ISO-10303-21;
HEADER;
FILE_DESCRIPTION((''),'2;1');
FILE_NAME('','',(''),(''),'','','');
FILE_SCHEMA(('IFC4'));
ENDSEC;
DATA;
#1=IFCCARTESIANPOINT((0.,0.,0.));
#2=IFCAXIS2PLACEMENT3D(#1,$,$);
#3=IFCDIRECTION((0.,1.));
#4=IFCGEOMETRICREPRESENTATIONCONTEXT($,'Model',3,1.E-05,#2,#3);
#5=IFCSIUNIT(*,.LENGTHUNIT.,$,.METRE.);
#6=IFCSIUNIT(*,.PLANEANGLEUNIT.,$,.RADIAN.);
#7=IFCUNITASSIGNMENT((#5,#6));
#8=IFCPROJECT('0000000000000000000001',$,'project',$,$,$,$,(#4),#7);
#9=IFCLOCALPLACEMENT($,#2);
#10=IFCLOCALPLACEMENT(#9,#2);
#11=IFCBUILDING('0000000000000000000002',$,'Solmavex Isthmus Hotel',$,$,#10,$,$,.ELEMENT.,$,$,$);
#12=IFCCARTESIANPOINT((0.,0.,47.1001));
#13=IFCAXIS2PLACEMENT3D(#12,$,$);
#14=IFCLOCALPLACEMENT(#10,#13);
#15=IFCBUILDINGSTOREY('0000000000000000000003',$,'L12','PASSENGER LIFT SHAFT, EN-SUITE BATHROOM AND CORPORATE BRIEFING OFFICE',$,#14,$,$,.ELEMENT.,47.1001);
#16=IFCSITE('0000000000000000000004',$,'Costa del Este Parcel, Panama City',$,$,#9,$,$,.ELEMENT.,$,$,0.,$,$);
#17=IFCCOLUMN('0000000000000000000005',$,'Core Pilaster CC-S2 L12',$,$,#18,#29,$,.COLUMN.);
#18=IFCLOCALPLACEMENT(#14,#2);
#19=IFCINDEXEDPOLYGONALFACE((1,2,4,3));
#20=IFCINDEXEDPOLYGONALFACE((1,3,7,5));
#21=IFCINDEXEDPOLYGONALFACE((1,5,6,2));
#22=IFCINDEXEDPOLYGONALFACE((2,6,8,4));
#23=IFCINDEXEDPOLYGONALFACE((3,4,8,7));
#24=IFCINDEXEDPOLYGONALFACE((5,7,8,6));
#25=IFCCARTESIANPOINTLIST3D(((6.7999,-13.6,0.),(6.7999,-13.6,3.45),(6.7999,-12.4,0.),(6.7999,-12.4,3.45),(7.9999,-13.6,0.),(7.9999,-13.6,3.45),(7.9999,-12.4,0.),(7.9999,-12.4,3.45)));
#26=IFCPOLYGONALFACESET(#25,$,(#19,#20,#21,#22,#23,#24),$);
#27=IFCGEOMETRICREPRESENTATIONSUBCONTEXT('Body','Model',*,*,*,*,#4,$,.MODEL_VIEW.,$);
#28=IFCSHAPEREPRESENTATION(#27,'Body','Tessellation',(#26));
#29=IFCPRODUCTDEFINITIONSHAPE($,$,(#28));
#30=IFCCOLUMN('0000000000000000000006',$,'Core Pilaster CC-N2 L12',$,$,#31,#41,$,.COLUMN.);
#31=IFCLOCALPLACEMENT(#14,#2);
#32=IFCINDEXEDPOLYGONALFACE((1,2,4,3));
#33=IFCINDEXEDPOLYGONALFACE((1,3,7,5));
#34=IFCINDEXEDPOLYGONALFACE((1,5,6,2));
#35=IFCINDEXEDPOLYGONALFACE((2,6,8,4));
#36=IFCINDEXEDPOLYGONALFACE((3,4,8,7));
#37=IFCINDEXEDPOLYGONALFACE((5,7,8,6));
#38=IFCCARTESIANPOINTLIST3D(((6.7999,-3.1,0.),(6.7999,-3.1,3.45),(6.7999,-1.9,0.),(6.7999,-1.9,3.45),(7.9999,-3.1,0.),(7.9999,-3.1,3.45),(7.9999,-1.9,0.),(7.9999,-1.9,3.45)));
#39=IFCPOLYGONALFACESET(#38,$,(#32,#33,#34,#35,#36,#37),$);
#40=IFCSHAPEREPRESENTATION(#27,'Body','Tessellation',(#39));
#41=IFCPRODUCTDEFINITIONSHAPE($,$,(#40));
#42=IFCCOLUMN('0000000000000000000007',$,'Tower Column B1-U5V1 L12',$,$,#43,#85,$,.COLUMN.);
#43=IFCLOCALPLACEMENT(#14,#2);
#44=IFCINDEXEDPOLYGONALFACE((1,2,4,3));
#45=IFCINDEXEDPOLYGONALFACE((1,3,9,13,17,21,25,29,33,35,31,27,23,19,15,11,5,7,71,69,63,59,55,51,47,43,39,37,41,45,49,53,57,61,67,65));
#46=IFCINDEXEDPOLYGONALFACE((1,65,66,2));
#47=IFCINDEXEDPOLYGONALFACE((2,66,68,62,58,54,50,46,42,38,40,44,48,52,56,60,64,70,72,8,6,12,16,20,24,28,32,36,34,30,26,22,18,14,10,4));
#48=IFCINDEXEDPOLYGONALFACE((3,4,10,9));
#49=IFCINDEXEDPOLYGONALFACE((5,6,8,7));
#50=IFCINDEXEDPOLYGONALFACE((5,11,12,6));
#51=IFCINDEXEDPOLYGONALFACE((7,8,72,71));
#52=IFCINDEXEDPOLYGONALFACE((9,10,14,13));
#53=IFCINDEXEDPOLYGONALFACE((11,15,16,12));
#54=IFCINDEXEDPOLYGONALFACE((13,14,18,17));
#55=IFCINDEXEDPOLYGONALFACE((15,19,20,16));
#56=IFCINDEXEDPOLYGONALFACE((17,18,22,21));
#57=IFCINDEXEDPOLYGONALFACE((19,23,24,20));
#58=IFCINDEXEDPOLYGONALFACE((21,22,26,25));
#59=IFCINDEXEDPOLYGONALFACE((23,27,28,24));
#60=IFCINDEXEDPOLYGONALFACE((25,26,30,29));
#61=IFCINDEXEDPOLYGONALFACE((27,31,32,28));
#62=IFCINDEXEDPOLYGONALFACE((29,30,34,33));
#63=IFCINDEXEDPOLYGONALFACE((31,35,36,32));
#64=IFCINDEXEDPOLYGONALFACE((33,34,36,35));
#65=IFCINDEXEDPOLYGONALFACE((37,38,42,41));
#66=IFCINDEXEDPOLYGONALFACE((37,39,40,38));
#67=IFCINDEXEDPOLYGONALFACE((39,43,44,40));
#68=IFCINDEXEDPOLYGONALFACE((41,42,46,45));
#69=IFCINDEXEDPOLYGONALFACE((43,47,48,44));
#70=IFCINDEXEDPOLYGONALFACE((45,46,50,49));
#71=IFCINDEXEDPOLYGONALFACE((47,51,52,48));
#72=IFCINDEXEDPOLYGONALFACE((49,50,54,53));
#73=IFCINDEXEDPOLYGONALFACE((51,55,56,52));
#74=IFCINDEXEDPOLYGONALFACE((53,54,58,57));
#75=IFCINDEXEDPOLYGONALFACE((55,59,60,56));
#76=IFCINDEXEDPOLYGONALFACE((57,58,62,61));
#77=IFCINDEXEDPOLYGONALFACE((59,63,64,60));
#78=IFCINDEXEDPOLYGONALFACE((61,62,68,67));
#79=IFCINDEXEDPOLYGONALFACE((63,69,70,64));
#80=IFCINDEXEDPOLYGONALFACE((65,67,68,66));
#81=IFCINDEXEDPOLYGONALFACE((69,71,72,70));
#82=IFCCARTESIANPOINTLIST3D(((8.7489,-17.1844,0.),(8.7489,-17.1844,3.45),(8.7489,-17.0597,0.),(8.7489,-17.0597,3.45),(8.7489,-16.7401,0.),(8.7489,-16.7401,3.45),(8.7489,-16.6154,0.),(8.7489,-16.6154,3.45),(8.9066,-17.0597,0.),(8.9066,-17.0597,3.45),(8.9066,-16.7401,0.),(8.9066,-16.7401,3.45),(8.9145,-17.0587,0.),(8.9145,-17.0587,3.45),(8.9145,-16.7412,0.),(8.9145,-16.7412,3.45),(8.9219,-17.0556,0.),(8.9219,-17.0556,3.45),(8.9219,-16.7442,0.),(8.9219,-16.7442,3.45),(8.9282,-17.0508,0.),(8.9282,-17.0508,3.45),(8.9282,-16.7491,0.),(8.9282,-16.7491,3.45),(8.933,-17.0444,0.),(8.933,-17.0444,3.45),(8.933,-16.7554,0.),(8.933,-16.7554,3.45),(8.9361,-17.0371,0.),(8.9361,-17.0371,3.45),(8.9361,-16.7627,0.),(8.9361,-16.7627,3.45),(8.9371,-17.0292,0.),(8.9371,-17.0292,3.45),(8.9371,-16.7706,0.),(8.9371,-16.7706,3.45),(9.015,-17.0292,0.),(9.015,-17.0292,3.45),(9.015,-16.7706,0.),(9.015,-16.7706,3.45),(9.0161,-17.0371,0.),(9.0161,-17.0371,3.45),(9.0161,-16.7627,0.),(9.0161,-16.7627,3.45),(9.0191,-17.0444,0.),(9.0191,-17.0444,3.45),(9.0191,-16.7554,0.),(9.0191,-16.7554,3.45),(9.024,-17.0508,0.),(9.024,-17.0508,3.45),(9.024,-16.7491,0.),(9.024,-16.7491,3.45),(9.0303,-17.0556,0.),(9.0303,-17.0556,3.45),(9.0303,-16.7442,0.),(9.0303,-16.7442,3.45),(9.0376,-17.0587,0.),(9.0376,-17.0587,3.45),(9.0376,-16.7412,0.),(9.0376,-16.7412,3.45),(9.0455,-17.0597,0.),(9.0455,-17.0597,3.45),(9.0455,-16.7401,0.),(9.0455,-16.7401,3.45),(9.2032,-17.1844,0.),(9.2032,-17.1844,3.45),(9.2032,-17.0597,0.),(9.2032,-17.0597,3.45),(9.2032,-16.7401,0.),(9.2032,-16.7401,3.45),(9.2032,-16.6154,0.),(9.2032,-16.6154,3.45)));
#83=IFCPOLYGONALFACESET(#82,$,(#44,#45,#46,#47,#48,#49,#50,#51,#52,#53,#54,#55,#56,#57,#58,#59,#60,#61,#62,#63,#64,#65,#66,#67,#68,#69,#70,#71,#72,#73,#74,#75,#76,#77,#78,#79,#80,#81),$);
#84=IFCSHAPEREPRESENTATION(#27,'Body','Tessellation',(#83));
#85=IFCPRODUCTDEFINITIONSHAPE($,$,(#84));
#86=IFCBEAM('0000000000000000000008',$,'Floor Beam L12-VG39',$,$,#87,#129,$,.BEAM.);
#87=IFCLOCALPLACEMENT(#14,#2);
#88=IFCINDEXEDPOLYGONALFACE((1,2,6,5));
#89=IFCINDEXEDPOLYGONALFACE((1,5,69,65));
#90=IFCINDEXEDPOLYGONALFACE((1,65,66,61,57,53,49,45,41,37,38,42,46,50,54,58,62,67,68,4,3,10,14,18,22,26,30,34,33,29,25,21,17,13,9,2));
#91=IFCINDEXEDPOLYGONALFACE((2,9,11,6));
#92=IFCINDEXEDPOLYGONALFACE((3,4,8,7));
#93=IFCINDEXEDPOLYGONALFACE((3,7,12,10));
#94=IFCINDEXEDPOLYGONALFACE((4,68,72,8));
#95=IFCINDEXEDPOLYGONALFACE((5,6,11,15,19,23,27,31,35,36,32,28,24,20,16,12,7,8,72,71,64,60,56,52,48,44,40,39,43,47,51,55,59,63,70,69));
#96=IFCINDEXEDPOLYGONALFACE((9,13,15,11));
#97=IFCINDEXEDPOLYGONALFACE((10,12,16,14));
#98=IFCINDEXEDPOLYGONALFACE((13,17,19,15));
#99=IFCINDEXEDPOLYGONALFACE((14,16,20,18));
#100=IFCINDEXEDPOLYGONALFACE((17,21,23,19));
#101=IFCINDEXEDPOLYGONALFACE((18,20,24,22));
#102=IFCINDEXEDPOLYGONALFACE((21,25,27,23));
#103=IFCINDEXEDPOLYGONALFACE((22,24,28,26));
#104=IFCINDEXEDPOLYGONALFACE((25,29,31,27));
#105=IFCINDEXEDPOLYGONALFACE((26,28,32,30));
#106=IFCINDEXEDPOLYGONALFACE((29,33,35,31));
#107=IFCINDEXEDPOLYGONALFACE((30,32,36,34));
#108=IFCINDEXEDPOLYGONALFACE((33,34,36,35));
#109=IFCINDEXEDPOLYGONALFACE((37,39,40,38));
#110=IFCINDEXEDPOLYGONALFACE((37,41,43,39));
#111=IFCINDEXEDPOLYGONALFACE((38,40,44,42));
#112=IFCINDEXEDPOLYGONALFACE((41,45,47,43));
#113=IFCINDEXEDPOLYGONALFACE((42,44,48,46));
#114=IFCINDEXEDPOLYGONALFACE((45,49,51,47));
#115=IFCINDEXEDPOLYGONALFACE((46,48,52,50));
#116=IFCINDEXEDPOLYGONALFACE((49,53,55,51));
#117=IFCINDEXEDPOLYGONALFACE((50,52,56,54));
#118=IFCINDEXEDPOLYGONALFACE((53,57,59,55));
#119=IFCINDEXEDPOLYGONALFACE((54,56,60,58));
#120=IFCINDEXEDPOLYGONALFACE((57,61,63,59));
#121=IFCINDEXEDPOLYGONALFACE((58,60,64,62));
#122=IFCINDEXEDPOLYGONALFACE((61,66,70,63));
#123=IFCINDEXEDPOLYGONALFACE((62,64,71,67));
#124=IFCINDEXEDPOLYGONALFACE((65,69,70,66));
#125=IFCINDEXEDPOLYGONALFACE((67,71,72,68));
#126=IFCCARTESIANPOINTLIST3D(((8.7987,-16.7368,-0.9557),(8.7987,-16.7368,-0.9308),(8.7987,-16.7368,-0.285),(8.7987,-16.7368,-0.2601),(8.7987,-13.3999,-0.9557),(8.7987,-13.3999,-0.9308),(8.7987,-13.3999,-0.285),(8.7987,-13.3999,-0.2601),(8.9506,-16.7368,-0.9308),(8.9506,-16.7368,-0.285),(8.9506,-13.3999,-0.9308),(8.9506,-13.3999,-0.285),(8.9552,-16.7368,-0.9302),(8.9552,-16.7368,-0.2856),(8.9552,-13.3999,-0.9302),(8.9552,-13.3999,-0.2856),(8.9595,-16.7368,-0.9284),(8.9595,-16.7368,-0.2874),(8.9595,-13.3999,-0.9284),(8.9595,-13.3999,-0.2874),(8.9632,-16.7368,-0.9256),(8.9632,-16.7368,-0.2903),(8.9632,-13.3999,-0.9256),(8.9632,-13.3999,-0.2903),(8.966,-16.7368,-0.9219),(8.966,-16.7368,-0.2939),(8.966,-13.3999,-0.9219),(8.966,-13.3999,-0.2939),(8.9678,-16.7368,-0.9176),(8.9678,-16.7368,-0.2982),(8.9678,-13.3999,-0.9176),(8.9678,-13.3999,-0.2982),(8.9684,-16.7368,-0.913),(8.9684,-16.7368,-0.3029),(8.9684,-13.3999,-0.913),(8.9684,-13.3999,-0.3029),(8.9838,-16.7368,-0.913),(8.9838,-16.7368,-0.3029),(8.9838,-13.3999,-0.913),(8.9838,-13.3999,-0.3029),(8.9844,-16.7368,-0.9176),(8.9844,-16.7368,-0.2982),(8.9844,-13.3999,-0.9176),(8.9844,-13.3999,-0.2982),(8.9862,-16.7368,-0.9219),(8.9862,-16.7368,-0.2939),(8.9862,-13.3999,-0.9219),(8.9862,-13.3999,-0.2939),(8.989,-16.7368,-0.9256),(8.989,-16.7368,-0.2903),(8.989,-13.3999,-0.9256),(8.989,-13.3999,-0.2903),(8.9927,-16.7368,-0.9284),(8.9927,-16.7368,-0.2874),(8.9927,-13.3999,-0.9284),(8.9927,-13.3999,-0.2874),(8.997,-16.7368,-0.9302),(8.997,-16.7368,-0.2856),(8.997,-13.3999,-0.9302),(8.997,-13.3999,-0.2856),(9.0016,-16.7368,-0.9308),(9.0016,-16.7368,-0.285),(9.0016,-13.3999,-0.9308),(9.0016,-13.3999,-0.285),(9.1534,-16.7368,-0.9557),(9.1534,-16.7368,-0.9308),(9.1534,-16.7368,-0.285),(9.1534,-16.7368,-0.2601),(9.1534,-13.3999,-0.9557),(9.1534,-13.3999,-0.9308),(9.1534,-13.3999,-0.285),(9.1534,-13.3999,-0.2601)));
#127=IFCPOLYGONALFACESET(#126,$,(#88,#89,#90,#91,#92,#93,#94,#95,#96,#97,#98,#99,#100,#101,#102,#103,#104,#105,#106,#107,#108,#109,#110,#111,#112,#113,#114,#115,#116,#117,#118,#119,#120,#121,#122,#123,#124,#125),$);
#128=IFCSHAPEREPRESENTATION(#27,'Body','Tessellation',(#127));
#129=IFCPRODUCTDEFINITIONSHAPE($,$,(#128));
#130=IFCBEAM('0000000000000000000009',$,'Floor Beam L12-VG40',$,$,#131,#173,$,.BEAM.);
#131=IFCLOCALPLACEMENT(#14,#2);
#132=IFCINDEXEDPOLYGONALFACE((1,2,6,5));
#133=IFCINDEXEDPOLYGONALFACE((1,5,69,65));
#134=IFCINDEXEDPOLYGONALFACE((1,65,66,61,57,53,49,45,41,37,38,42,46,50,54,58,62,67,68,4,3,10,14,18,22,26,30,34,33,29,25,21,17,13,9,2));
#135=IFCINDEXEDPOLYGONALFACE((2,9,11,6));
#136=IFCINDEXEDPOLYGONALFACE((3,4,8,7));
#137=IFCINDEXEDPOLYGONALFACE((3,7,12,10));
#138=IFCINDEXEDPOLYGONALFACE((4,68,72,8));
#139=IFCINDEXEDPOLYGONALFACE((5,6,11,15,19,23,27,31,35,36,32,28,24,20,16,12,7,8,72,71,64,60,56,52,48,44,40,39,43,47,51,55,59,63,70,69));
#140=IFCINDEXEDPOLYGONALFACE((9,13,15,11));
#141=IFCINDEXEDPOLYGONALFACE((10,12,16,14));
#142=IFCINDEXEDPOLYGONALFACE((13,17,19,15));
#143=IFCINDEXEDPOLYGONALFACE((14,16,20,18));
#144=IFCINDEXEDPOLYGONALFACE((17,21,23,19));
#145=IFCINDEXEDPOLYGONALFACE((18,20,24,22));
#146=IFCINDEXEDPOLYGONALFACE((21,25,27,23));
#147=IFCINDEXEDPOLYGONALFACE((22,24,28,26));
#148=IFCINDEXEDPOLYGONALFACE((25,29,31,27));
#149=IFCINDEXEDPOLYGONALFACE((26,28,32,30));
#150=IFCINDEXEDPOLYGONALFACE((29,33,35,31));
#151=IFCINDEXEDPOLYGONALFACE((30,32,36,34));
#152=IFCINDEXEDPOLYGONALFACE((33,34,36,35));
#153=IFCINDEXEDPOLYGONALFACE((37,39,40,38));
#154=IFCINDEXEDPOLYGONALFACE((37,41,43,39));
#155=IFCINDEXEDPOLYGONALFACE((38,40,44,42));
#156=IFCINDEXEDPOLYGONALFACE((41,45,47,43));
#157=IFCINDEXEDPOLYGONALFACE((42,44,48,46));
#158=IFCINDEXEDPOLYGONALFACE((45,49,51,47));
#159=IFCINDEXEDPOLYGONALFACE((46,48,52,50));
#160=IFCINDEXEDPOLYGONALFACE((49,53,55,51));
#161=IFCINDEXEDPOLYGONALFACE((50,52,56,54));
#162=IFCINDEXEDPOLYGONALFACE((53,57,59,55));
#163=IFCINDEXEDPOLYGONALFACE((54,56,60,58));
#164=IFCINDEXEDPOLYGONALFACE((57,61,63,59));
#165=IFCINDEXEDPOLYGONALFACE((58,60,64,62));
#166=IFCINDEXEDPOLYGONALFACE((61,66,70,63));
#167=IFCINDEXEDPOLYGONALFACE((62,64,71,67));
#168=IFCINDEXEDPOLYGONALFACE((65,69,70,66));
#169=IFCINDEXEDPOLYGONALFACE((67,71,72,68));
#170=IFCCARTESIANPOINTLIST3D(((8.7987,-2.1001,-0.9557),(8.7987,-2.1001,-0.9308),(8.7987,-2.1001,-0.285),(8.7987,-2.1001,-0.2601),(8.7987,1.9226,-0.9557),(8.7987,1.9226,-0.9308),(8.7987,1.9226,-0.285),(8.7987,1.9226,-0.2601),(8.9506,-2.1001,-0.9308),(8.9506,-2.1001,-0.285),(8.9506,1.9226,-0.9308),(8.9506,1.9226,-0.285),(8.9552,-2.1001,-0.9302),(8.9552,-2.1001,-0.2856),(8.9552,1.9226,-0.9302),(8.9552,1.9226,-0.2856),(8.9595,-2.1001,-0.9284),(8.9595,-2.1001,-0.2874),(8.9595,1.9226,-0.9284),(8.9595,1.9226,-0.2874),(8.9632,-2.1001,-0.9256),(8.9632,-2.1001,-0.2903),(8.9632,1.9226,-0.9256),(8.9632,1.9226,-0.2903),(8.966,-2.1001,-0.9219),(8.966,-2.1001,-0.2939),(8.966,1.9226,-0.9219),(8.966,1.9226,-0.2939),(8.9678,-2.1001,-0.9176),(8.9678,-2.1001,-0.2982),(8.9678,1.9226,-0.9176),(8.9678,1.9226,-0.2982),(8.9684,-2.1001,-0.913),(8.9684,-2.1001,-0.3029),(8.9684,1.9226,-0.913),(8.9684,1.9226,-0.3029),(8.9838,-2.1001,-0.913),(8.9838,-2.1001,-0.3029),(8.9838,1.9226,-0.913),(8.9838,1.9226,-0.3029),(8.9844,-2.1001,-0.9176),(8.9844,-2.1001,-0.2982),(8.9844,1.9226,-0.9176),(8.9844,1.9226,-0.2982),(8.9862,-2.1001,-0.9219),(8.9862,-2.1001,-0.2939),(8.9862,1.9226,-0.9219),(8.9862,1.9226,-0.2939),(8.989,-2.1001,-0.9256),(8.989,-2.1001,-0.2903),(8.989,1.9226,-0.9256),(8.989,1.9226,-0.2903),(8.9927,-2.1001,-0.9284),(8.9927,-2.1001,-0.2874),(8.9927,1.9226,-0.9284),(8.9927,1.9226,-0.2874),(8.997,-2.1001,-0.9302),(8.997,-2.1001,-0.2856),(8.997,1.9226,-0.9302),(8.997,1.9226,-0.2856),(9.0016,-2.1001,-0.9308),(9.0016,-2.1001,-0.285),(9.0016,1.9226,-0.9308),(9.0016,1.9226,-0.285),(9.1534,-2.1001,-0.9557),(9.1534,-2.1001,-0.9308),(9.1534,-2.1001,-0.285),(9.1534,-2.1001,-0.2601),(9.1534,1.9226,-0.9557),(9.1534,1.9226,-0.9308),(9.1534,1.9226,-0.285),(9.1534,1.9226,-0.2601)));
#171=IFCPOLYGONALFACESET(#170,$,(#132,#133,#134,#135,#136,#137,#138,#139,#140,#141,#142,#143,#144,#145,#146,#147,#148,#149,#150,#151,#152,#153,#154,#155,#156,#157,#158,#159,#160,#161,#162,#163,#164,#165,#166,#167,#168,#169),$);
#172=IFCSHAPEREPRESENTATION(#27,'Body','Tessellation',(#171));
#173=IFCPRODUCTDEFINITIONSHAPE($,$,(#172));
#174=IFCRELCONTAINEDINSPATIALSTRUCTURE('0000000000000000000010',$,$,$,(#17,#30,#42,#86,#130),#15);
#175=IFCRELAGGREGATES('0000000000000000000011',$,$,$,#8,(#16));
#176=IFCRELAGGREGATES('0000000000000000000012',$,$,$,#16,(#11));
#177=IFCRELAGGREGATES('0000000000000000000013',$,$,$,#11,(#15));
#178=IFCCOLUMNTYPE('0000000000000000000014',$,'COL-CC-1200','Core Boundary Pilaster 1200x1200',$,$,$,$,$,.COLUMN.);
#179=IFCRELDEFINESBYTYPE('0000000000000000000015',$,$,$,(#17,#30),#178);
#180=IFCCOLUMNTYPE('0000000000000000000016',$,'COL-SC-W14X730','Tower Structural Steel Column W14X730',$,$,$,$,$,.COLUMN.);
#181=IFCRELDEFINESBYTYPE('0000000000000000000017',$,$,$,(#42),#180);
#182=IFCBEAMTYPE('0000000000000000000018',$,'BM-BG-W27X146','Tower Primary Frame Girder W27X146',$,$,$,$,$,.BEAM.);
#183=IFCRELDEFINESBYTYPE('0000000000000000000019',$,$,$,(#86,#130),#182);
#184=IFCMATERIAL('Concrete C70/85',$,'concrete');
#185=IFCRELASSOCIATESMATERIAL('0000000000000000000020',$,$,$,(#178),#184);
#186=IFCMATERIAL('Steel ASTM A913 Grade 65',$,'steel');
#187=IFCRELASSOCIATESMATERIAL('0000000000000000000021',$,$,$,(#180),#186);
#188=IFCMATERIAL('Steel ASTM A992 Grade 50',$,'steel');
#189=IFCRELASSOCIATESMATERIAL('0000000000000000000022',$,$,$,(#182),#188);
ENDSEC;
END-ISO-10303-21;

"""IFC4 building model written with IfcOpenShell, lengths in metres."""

from ifc_helpers import new_model, si_unit, direction, frame, origin, origin_2d, place, context, subcontext, project, spatial, rectangle, i_section, extrude, material, material_profile, profile_set, type_object, element, save


model = new_model("IFC4")

# Units and contexts
model_context = context("Model", 3, precision=1e-05, world=origin(), true_north=direction((0.0, 1.0)))
body_context = subcontext(model_context, "Body", "Model", "MODEL_VIEW")
ifc_project = project(units=[si_unit("LENGTHUNIT", "METRE"), si_unit("PLANEANGLEUNIT", "RADIAN")], contexts=[model_context])

# Site, building, storey
site_placement = place(None, origin())
site = spatial("IfcSite", under=ifc_project, at=site_placement, Name="Costa del Este Parcel, Panama City", CompositionType="ELEMENT", RefElevation=0.0)
building_placement = place(site_placement, origin())
building = spatial("IfcBuilding", under=site, at=building_placement, Name="Solmavex Isthmus Hotel", CompositionType="ELEMENT")
storey_placement = place(building_placement, frame((0.0, 0.0, 47.1001)))
storey = spatial("IfcBuildingStorey", under=building, at=storey_placement, Name="L12", Description="PASSENGER LIFT SHAFT, EN-SUITE BATHROOM AND CORPORATE BRIEFING OFFICE", CompositionType="ELEMENT", Elevation=47.1001)

# Columns
ifc_material_1 = material(Name="Concrete C70/85", Category="concrete")
ifc_material_profile_1 = material_profile(ifc_material_1, rectangle(XDim=1.2, YDim=1.2, at=origin_2d()), Name="RC1200X1200")
ifc_profile_set_1 = profile_set([ifc_material_profile_1], Name="Concrete C70/85")
column_type_1 = type_object("IfcColumnType", Name="COL-CC-1200", Description="Core Boundary Pilaster 1200x1200", PredefinedType="COLUMN", material=ifc_profile_set_1)
for number, where, z_axis, x_axis, name in (
    (1, (7.3999, -13.0, 0.0), (0.0, 0.0, 1.0), (1.0, 0.0, 0.0), "Core Pilaster CC-S2 L12"),
    (2, (7.3999, -2.5, 0.0), (0.0, 0.0, 1.0), (1.0, 0.0, 0.0), "Core Pilaster CC-N2 L12"),
):
    element("IfcColumn", number, at=place(storey_placement, frame(where, z_axis=z_axis, x_axis=x_axis)), inside=storey, type_object=column_type_1, Name=name, PredefinedType="COLUMN", context=body_context, shape_type="SweptSolid", body=[
        extrude(rectangle(XDim=1.2, YDim=1.2, at=origin_2d()), origin(), (0.0, 0.0, 1.0), 3.45),
    ])
ifc_material_2 = material(Name="Steel ASTM A913 Grade 65", Category="steel")
ifc_material_profile_2 = material_profile(ifc_material_2, i_section(OverallWidth=0.4543, OverallDepth=0.5691, WebThickness=0.0779, FlangeThickness=0.1248, FilletRadius=0.0305, at=origin_2d()), Name="W14X730")
ifc_profile_set_2 = profile_set([ifc_material_profile_2], Name="Steel ASTM A913 Grade 65")
column_type_2 = type_object("IfcColumnType", Name="COL-SC-W14X730", Description="Tower Structural Steel Column W14X730", PredefinedType="COLUMN", material=ifc_profile_set_2)
column_placement = place(storey_placement, frame((8.9761, -16.8999, 0.0), z_axis=(0.0, 0.0, 1.0), x_axis=(1.0, 0.0, 0.0)))
element("IfcColumn", 3, at=column_placement, inside=storey, type_object=column_type_2, Name="Tower Column B1-U5V1 L12", PredefinedType="COLUMN", context=body_context, shape_type="SweptSolid", body=[
    extrude(i_section(OverallWidth=0.4543, OverallDepth=0.5691, WebThickness=0.0779, FlangeThickness=0.1248, FilletRadius=0.0305, at=origin_2d()), origin(), (0.0, 0.0, 1.0), 3.45),
])

# Beams
ifc_material_3 = material(Name="Steel ASTM A992 Grade 50", Category="steel")
ifc_material_profile_3 = material_profile(ifc_material_3, i_section(OverallWidth=0.3547, OverallDepth=0.6956, WebThickness=0.0154, FlangeThickness=0.0249, FilletRadius=0.0178, at=origin_2d()), Name="W27X146")
ifc_profile_set_3 = profile_set([ifc_material_profile_3], Name="Steel ASTM A992 Grade 50")
beam_type_1 = type_object("IfcBeamType", Name="BM-BG-W27X146", Description="Tower Primary Frame Girder W27X146", PredefinedType="BEAM", material=ifc_profile_set_3)
beam_1_placement = place(storey_placement, frame((8.9761, -16.7368, -0.6079), z_axis=(0.0, 1.0, 0.0), x_axis=(-1.0, 0.0, 0.0)))
element("IfcBeam", 4, at=beam_1_placement, inside=storey, type_object=beam_type_1, Name="Floor Beam L12-VG39", PredefinedType="BEAM", context=body_context, shape_type="SweptSolid", body=[
    extrude(i_section(OverallWidth=0.3547, OverallDepth=0.6956, WebThickness=0.0154, FlangeThickness=0.0249, FilletRadius=0.0178, at=origin_2d()), origin(), (0.0, 0.0, 1.0), 3.3369),
])
beam_2_placement = place(storey_placement, frame((8.9761, -2.1001, -0.6079), z_axis=(0.0, 1.0, 0.0), x_axis=(-1.0, 0.0, 0.0)))
element("IfcBeam", 5, at=beam_2_placement, inside=storey, type_object=beam_type_1, Name="Floor Beam L12-VG40", PredefinedType="BEAM", context=body_context, shape_type="SweptSolid", body=[
    extrude(i_section(OverallWidth=0.3547, OverallDepth=0.6956, WebThickness=0.0154, FlangeThickness=0.0249, FilletRadius=0.0178, at=origin_2d()), origin(), (0.0, 0.0, 1.0), 4.0227),
])

save(model, "model.ifc")
